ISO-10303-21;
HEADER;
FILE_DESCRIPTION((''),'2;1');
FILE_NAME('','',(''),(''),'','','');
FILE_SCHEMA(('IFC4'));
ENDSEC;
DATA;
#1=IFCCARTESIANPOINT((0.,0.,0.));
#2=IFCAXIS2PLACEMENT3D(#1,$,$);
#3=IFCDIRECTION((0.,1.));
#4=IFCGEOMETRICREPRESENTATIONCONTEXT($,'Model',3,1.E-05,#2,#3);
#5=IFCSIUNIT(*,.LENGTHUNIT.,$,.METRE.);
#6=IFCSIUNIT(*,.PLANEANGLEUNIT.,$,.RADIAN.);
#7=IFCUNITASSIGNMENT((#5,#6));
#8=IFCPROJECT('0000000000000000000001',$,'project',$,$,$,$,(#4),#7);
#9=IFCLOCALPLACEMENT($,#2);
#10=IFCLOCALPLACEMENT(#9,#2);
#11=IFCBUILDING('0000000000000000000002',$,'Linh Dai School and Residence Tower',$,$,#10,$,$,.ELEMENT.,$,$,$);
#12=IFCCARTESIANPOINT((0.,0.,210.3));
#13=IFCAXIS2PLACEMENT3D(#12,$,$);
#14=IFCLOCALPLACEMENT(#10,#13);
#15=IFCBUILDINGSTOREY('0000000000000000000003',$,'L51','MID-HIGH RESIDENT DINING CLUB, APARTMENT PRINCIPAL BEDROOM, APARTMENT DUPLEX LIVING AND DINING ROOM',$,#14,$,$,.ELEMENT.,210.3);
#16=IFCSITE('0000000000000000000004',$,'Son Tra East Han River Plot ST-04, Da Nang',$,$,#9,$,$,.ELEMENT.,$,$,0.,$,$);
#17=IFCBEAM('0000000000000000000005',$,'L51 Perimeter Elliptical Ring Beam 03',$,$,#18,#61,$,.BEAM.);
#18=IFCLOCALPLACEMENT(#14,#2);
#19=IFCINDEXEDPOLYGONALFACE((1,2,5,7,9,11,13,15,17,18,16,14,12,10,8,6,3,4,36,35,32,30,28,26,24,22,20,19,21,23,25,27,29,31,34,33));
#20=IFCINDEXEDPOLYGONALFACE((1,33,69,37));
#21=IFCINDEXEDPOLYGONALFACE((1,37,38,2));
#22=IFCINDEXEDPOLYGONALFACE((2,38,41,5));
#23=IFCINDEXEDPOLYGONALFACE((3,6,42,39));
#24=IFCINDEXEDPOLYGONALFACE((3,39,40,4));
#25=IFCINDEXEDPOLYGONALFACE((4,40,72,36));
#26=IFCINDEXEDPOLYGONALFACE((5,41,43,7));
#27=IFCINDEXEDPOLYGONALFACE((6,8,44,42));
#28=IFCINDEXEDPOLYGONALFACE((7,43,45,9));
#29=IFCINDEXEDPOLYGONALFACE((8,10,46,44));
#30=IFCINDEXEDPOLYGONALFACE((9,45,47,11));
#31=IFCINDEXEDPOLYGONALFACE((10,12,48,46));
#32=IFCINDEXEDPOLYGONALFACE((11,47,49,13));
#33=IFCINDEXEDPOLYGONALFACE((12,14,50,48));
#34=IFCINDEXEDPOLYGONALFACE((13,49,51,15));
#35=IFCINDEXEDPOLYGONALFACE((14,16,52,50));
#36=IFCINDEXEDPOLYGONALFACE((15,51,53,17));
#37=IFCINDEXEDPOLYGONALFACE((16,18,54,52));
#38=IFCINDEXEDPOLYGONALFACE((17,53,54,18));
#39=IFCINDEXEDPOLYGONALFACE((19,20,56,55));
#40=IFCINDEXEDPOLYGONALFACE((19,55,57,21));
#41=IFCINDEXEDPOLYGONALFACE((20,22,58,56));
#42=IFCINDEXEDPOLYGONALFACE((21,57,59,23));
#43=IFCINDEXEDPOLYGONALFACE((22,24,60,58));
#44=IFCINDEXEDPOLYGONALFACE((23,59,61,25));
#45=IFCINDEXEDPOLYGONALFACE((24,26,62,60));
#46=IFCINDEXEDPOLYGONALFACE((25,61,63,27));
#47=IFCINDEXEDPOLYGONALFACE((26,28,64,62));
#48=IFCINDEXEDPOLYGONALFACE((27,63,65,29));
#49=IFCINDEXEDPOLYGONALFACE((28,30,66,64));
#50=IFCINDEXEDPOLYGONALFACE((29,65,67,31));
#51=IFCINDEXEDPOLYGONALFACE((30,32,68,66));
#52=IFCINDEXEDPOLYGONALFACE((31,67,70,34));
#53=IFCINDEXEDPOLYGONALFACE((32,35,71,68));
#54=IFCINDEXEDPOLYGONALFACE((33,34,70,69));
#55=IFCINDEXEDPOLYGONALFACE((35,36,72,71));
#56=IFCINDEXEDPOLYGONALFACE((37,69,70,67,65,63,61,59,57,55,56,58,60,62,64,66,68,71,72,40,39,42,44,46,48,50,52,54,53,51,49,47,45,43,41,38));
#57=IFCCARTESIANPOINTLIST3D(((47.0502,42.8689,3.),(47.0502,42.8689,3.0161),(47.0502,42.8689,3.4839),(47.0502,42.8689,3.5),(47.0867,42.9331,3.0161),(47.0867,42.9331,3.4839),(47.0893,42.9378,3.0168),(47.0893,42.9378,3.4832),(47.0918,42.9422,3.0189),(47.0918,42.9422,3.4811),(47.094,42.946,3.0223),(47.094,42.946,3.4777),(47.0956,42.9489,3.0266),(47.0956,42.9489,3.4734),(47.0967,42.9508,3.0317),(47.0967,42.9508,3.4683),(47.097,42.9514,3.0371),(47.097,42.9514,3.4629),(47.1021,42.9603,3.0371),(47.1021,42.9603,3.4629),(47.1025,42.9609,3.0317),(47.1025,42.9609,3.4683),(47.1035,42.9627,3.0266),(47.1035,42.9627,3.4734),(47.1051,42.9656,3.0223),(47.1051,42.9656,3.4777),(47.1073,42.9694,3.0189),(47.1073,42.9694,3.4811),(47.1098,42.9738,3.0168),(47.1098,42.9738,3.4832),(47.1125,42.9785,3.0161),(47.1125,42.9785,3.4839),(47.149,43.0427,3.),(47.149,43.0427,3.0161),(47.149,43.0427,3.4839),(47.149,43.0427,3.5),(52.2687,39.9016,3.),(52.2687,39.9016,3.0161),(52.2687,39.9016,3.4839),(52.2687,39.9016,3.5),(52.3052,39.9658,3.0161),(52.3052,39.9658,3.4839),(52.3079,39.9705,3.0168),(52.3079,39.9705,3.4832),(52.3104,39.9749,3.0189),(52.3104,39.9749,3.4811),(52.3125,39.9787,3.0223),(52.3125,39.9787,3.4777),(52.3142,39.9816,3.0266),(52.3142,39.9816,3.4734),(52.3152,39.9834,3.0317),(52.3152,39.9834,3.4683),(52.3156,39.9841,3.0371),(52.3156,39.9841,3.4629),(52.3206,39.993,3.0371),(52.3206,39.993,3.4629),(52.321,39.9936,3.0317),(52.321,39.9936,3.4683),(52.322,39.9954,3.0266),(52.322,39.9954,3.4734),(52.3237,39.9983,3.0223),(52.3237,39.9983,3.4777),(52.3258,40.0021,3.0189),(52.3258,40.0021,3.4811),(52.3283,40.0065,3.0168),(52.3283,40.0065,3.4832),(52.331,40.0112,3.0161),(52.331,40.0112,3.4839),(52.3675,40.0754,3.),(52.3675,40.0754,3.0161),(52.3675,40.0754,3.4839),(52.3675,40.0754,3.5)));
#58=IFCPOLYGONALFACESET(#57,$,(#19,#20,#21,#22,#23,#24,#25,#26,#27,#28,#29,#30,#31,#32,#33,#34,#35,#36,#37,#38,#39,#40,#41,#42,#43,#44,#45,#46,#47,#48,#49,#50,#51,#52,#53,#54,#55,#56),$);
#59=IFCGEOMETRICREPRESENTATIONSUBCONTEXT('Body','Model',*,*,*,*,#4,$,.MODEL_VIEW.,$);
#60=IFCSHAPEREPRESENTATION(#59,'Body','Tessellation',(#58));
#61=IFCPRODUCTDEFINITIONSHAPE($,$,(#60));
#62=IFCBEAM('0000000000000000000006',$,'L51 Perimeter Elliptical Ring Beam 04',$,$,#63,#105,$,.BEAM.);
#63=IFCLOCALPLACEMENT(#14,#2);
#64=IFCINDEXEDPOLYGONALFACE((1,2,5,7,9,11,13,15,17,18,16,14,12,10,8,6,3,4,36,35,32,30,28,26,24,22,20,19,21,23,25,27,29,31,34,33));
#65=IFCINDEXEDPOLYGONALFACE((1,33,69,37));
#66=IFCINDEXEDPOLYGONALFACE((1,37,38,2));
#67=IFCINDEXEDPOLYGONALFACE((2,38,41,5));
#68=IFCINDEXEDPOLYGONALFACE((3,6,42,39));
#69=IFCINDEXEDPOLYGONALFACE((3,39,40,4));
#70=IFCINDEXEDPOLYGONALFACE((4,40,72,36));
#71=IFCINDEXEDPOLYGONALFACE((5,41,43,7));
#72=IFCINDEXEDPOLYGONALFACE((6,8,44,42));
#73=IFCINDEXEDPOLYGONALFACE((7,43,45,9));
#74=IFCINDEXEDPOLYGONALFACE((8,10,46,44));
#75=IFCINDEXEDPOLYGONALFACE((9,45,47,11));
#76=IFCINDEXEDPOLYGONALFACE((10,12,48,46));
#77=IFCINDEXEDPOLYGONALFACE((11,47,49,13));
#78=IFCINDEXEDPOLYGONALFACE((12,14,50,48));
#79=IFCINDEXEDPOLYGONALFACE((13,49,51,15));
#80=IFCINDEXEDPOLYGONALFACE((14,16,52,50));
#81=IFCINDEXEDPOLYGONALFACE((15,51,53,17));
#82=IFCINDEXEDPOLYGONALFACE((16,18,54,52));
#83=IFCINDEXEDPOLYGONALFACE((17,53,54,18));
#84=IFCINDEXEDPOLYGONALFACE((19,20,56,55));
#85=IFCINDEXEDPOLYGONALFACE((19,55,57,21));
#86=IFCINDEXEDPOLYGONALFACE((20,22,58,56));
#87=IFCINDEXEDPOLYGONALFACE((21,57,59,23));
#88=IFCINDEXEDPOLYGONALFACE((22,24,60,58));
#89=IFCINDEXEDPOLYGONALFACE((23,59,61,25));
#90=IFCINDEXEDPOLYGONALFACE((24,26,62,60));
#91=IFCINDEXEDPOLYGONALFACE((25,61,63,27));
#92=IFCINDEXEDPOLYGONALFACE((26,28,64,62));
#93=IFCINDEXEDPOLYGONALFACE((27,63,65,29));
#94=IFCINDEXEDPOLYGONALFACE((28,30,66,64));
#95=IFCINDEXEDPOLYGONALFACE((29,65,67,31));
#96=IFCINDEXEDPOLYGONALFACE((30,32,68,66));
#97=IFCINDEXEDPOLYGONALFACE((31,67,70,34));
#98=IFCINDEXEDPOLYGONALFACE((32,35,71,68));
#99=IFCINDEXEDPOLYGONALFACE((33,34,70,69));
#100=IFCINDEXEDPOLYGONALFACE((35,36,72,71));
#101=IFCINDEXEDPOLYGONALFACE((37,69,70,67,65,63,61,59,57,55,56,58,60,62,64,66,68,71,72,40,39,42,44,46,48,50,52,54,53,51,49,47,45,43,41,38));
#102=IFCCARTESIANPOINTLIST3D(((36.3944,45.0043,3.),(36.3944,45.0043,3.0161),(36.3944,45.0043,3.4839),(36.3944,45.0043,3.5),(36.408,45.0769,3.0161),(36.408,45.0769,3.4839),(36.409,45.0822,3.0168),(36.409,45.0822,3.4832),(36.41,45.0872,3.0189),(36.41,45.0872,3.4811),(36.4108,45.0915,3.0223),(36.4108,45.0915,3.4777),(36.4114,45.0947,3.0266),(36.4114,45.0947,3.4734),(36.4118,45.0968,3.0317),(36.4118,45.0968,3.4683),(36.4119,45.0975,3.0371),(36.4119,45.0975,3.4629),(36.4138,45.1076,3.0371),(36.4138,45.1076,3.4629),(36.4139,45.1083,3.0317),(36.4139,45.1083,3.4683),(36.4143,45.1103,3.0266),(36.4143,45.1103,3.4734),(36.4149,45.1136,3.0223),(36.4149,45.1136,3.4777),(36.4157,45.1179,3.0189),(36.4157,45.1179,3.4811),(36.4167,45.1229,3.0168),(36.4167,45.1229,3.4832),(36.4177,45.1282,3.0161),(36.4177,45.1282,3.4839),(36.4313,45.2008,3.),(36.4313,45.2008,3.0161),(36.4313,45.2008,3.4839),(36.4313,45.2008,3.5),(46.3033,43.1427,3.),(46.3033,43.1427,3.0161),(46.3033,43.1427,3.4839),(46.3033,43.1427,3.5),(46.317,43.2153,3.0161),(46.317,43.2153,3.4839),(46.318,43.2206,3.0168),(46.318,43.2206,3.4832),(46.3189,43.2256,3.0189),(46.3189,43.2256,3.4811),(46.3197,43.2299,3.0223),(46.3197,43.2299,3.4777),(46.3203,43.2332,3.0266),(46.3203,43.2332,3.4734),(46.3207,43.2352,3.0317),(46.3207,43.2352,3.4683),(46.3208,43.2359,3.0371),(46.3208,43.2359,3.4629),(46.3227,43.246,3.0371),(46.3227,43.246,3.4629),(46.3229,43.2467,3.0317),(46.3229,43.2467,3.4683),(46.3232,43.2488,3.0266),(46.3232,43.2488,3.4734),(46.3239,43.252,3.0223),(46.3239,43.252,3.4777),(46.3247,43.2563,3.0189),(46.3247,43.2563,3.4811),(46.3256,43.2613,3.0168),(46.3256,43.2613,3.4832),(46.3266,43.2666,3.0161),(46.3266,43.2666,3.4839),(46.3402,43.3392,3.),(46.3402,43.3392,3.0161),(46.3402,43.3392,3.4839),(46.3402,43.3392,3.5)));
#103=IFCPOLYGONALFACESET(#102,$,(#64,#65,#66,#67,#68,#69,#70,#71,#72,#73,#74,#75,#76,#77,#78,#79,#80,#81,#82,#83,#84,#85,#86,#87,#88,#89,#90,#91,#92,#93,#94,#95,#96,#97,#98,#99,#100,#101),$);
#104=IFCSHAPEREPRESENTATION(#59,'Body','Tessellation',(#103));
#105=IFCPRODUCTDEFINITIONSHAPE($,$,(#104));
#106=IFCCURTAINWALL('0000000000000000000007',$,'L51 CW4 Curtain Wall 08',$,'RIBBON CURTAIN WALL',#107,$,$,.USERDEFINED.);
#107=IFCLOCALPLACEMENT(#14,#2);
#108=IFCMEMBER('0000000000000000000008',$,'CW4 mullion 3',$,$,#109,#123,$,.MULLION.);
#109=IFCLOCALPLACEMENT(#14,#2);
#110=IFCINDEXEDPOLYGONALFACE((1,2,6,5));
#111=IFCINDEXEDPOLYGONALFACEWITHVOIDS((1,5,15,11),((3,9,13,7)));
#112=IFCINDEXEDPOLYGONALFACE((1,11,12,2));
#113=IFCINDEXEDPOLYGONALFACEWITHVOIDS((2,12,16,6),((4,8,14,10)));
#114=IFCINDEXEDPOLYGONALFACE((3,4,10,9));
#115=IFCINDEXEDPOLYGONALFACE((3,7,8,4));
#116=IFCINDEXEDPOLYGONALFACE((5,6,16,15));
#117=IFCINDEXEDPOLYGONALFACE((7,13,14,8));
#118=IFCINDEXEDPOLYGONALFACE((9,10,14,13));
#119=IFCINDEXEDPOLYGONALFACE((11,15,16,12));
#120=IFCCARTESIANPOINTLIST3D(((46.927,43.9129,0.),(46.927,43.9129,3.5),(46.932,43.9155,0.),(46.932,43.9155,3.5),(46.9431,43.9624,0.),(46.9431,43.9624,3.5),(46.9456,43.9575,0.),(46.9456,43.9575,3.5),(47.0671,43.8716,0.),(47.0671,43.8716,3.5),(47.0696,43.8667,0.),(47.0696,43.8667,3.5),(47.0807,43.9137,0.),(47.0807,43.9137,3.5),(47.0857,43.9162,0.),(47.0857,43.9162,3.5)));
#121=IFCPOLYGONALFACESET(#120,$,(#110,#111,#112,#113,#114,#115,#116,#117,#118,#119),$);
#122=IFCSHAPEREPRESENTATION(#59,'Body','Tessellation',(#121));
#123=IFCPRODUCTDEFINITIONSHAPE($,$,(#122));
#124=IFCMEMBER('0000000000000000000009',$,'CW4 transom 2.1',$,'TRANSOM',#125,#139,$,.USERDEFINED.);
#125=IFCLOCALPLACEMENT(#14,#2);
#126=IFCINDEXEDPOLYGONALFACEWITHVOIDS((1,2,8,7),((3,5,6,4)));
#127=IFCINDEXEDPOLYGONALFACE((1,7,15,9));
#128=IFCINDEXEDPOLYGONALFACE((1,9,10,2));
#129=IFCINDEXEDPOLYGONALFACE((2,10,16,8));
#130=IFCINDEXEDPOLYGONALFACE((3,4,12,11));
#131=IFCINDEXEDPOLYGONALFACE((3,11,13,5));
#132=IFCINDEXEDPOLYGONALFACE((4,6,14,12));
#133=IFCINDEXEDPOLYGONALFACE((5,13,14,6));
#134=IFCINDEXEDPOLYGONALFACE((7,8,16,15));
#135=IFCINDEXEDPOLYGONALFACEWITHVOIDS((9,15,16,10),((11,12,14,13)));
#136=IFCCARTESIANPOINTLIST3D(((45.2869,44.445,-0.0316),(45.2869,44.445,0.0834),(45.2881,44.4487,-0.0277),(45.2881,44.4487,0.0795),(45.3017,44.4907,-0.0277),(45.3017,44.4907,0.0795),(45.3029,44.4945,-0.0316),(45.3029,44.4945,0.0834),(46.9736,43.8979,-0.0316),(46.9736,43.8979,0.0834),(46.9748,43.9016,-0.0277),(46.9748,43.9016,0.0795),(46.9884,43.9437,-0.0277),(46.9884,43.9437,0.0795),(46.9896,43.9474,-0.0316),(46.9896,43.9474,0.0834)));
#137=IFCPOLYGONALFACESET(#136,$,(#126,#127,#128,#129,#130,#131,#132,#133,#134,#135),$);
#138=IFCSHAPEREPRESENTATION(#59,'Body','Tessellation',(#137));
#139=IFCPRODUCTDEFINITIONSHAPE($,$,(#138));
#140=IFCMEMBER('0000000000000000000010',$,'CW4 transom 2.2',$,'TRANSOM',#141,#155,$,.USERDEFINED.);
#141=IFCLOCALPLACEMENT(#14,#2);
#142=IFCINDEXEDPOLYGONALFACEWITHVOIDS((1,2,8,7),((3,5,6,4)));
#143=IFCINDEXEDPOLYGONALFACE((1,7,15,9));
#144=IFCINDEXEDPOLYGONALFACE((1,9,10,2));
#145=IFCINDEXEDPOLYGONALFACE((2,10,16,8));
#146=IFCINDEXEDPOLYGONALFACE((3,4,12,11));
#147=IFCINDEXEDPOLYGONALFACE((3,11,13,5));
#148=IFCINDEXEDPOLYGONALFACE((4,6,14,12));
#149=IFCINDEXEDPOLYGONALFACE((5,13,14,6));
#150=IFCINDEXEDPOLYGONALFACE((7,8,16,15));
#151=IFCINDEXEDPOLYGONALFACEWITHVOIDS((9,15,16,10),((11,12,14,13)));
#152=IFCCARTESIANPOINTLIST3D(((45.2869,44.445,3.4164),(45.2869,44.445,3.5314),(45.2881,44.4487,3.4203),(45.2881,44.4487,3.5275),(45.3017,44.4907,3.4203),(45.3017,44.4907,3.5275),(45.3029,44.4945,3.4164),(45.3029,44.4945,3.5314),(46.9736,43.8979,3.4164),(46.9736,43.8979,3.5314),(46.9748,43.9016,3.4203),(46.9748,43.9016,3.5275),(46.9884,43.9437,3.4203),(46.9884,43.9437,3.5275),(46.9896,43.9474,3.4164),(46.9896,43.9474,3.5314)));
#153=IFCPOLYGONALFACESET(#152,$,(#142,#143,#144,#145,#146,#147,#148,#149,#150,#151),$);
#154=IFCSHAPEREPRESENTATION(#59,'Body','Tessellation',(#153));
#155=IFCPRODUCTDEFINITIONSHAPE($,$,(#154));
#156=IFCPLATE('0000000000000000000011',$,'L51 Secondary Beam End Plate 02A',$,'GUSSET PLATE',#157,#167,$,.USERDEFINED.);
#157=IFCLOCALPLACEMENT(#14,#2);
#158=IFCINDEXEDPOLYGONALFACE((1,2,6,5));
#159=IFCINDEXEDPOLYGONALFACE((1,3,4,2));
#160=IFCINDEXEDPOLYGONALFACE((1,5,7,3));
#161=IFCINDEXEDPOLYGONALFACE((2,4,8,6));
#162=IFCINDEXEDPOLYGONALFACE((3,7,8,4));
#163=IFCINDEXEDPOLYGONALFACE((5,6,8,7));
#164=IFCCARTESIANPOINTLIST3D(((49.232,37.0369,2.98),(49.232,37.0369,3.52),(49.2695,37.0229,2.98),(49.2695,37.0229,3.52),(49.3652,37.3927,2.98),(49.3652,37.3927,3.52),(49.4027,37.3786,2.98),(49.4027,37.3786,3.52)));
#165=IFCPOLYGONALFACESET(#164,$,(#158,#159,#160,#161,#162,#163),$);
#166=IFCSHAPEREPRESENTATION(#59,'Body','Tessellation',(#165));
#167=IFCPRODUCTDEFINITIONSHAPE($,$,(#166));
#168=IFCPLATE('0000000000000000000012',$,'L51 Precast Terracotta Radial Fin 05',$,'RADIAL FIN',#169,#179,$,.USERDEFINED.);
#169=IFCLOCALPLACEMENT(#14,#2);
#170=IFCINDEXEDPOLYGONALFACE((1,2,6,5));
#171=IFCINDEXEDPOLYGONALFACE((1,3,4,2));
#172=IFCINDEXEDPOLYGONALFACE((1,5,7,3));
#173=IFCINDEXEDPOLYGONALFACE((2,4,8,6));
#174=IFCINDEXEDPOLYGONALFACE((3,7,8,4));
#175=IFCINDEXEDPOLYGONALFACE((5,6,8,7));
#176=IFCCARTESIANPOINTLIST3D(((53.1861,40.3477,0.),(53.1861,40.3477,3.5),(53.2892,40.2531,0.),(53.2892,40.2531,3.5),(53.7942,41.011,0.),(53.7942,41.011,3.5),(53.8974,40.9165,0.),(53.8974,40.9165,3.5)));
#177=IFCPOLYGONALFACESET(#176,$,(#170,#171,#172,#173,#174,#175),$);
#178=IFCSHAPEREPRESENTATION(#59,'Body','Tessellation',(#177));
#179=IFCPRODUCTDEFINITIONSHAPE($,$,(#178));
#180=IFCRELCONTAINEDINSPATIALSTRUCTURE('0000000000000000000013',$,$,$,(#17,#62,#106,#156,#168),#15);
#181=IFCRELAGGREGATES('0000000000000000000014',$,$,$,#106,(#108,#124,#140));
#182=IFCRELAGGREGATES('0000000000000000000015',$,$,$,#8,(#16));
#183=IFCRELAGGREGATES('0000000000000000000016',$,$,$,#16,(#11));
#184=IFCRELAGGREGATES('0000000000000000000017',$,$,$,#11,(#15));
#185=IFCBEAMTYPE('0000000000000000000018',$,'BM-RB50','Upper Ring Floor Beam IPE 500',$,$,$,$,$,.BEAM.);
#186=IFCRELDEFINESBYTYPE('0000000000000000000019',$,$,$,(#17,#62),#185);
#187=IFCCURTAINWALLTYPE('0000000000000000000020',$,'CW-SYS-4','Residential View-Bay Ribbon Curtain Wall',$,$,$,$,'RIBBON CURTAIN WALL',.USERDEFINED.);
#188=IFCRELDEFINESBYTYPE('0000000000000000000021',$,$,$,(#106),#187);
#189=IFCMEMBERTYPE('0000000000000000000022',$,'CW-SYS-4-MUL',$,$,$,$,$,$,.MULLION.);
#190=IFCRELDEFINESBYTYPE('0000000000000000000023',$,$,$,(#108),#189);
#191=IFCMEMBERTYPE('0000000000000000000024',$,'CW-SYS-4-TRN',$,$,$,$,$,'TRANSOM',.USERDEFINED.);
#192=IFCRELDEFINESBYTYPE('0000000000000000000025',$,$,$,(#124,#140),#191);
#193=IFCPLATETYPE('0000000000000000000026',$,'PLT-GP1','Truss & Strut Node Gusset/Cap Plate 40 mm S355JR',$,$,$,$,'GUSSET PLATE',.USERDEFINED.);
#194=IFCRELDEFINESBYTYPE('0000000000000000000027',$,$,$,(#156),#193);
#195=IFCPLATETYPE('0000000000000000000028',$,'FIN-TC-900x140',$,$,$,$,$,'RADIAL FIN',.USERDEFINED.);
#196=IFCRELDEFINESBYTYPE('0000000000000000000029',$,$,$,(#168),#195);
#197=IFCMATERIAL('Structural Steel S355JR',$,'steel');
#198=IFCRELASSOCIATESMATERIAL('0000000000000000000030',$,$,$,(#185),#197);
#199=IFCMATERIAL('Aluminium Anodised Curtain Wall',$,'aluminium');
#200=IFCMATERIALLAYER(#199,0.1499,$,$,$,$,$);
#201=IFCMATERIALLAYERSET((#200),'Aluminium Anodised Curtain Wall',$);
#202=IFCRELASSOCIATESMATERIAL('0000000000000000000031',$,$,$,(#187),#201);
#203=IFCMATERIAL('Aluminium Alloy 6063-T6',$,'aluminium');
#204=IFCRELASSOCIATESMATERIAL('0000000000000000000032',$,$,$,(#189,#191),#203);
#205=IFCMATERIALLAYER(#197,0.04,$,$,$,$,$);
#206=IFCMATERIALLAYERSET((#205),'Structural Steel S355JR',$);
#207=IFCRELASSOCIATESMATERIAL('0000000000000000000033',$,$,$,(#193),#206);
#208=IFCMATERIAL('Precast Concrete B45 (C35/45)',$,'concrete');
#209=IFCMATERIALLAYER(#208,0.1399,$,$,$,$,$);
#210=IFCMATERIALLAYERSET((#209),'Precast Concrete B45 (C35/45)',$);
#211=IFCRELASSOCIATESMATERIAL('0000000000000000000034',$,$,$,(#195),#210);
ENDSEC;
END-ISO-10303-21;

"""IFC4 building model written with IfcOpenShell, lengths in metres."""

from ifc_helpers import new_model, si_unit, direction, frame, origin, origin_2d, place, context, subcontext, project, spatial, rectangle, hollow_rectangle, i_section, extrude, source, transform, mapped, material, layer, layer_set, material_profile, profile_set, type_object, element, aggregate, save


model = new_model("IFC4")

# Units and contexts
model_context = context("Model", 3, precision=1e-05, world=origin(), true_north=direction((0.0, 1.0)))
body_context = subcontext(model_context, "Body", "Model", "MODEL_VIEW")
ifc_project = project(units=[si_unit("LENGTHUNIT", "METRE"), si_unit("PLANEANGLEUNIT", "RADIAN")], contexts=[model_context])

# Site, building, storey
site_placement = place(None, origin())
site = spatial("IfcSite", under=ifc_project, at=site_placement, Name="Son Tra East Han River Plot ST-04, Da Nang", CompositionType="ELEMENT", RefElevation=0.0)
building_placement = place(site_placement, origin())
building = spatial("IfcBuilding", under=site, at=building_placement, Name="Linh Dai School and Residence Tower", CompositionType="ELEMENT")
storey_placement = place(building_placement, frame((0.0, 0.0, 210.3)))
storey = spatial("IfcBuildingStorey", under=building, at=storey_placement, Name="L51", Description="MID-HIGH RESIDENT DINING CLUB, APARTMENT PRINCIPAL BEDROOM, APARTMENT DUPLEX LIVING AND DINING ROOM", CompositionType="ELEMENT", Elevation=210.3)

# Shared definitions
ifc_material_1 = material(Name="Structural Steel S355JR", Category="steel")

# Beams
ifc_material_profile_1 = material_profile(ifc_material_1, i_section(OverallWidth=0.2, OverallDepth=0.5, WebThickness=0.0103, FlangeThickness=0.0161, FilletRadius=0.021, at=origin_2d()), Name="IPE 500")
ifc_profile_set_1 = profile_set([ifc_material_profile_1], Name="Structural Steel S355JR")
beam_type_1 = type_object("IfcBeamType", Name="BM-RB50", Description="Upper Ring Floor Beam IPE 500", PredefinedType="BEAM", material=ifc_profile_set_1)
beam_1_placement = place(storey_placement, frame((52.3181, 39.9885, 3.25), z_axis=(-0.869297, 0.49429, 0.0), x_axis=(-0.49429, -0.869297, 0.0)))
element("IfcBeam", 1, at=beam_1_placement, inside=storey, type_object=beam_type_1, Name="L51 Perimeter Elliptical Ring Beam 03", PredefinedType="BEAM", context=body_context, shape_type="SweptSolid", body=[
    extrude(i_section(OverallWidth=0.2, OverallDepth=0.5, WebThickness=0.0103, FlangeThickness=0.0161, FilletRadius=0.021, at=origin_2d()), origin(), (0.0, 0.0, 1.0), 6.0032),
])
beam_2_placement = place(storey_placement, frame((46.3218, 43.241, 3.25), z_axis=(-0.982807, 0.184638, 0.0), x_axis=(-0.184638, -0.982807, 0.0)))
element("IfcBeam", 2, at=beam_2_placement, inside=storey, type_object=beam_type_1, Name="L51 Perimeter Elliptical Ring Beam 04", PredefinedType="BEAM", context=body_context, shape_type="SweptSolid", body=[
    extrude(i_section(OverallWidth=0.2, OverallDepth=0.5, WebThickness=0.0103, FlangeThickness=0.0161, FilletRadius=0.021, at=origin_2d()), origin(), (0.0, 0.0, 1.0), 10.0823),
])

# Curtain wall, members
ifc_material_2 = material(Name="Aluminium Anodised Curtain Wall", Category="aluminium")
ifc_layer_1 = layer(ifc_material_2, 0.1499)
ifc_layer_set_1 = layer_set([ifc_layer_1], Name="Aluminium Anodised Curtain Wall")
curtain_wall_type = type_object("IfcCurtainWallType", Name="CW-SYS-4", Description="Residential View-Bay Ribbon Curtain Wall", ElementType="RIBBON CURTAIN WALL", PredefinedType="USERDEFINED", material=ifc_layer_set_1)
curtain_wall_placement = place(storey_placement, origin())
curtain_wall = element("IfcCurtainWall", 3, at=curtain_wall_placement, inside=storey, type_object=curtain_wall_type, Name="L51 CW4 Curtain Wall 08", ObjectType="RIBBON CURTAIN WALL", PredefinedType="USERDEFINED")
ifc_material_3 = material(Name="Aluminium Alloy 6063-T6", Category="aluminium")
ifc_material_profile_2 = material_profile(ifc_material_3, hollow_rectangle(XDim=0.052, YDim=0.1499, WallThickness=0.0039, at=origin_2d()), Name="RHS 150x52x4")
ifc_profile_set_2 = profile_set([ifc_material_profile_2], Name="Aluminium Alloy 6063-T6")
member_type_1 = type_object("IfcMemberType", Name="CW-SYS-4-MUL", PredefinedType="MULLION", material=ifc_profile_set_2)
shared_shape_1 = source(origin(), body_context, "Body", "SweptSolid", [
    extrude(hollow_rectangle(XDim=0.052, YDim=0.1499, WallThickness=0.0039, at=origin_2d()), origin(), (0.0, 0.0, 1.0), 3.5),
])
member_1_placement = place(storey_placement, frame((47.0063, 43.9146, 0.0), z_axis=(0.0, 0.0, 1.0), x_axis=(0.308501, 0.951224, 0.0)))
member_1 = element("IfcMember", 4, at=member_1_placement, type_object=member_type_1, Name="CW4 mullion 3", PredefinedType="MULLION", context=body_context, shape_type="MappedRepresentation", body=[
    mapped(shared_shape_1, transform((0.0, 0.0, 0.0), x_axis=(1.0, 0.0, 0.0), y_axis=(0.0, 1.0, 0.0), z_axis=(0.0, 0.0, 1.0), scale=1.0)),
])
ifc_material_profile_3 = material_profile(ifc_material_3, hollow_rectangle(XDim=0.052, YDim=0.115, WallThickness=0.0039, at=origin_2d()), Name="RHS 115x52x4")
ifc_profile_set_3 = profile_set([ifc_material_profile_3], Name="Aluminium Alloy 6063-T6")
member_type_2 = type_object("IfcMemberType", Name="CW-SYS-4-TRN", ElementType="TRANSOM", PredefinedType="USERDEFINED", material=ifc_profile_set_3)
shared_shape_2 = source(origin(), body_context, "Body", "SweptSolid", [
    extrude(hollow_rectangle(XDim=0.052, YDim=0.115, WallThickness=0.0039, at=origin_2d()), origin(), (0.0, 0.0, 1.0), 1.7732),
])
member_2_placement = place(storey_placement, frame((45.2949, 44.4697, 0.0259), z_axis=(0.951213, -0.308535, 0.0), x_axis=(0.308535, 0.951213, 0.0)))
member_2 = element("IfcMember", 5, at=member_2_placement, type_object=member_type_2, Name="CW4 transom 2.1", ObjectType="TRANSOM", PredefinedType="USERDEFINED", context=body_context, shape_type="MappedRepresentation", body=[
    mapped(shared_shape_2, transform((0.0, 0.0, 0.0), x_axis=(1.0, 0.0, 0.0), y_axis=(0.0, 1.0, 0.0), z_axis=(0.0, 0.0, 1.0), scale=1.0)),
])
member_3_placement = place(storey_placement, frame((45.2949, 44.4697, 3.4739), z_axis=(0.951213, -0.308535, 0.0), x_axis=(0.308535, 0.951213, 0.0)))
member_3 = element("IfcMember", 6, at=member_3_placement, type_object=member_type_2, Name="CW4 transom 2.2", ObjectType="TRANSOM", PredefinedType="USERDEFINED", context=body_context, shape_type="MappedRepresentation", body=[
    mapped(shared_shape_2, transform((0.0, 0.0, 0.0), x_axis=(1.0, 0.0, 0.0), y_axis=(0.0, 1.0, 0.0), z_axis=(0.0, 0.0, 1.0), scale=1.0)),
])

# Plates
ifc_layer_2 = layer(ifc_material_1, 0.04)
ifc_layer_set_2 = layer_set([ifc_layer_2], Name="Structural Steel S355JR")
plate_type_1 = type_object("IfcPlateType", Name="PLT-GP1", Description="Truss & Strut Node Gusset/Cap Plate 40 mm S355JR", ElementType="GUSSET PLATE", PredefinedType="USERDEFINED", material=ifc_layer_set_2)
shared_shape_3 = source(origin(), body_context, "Body", "SweptSolid", [
    extrude(rectangle(XDim=0.04, YDim=0.3799, at=origin_2d()), origin(), (0.0, 0.0, 1.0), 0.54),
])
plate_1_placement = place(storey_placement, frame((49.3174, 37.2078, 2.98), z_axis=(0.0, 0.0, 1.0), x_axis=(-0.936534, 0.350577, 0.0)))
element("IfcPlate", 7, at=plate_1_placement, inside=storey, type_object=plate_type_1, Name="L51 Secondary Beam End Plate 02A", ObjectType="GUSSET PLATE", PredefinedType="USERDEFINED", context=body_context, shape_type="MappedRepresentation", body=[
    mapped(shared_shape_3, transform((0.0, 0.0, 0.0), x_axis=(1.0, 0.0, 0.0), y_axis=(0.0, 1.0, 0.0), z_axis=(0.0, 0.0, 1.0), scale=1.0)),
])
ifc_material_4 = material(Name="Precast Concrete B45 (C35/45)", Category="concrete")
ifc_layer_3 = layer(ifc_material_4, 0.1399)
ifc_layer_set_3 = layer_set([ifc_layer_3], Name="Precast Concrete B45 (C35/45)")
plate_type_2 = type_object("IfcPlateType", Name="FIN-TC-900x140", ElementType="RADIAL FIN", PredefinedType="USERDEFINED", material=ifc_layer_set_3)
shared_shape_4 = source(origin(), body_context, "Body", "SweptSolid", [
    extrude(rectangle(XDim=0.8999, YDim=0.1399, at=origin_2d()), origin(), (0.0, 0.0, 1.0), 3.5),
])
plate_2_placement = place(storey_placement, frame((53.5417, 40.6321, 0.0), z_axis=(0.0, 0.0, 1.0), x_axis=(0.675758, 0.737124, 0.0)))
element("IfcPlate", 8, at=plate_2_placement, inside=storey, type_object=plate_type_2, Name="L51 Precast Terracotta Radial Fin 05", ObjectType="RADIAL FIN", PredefinedType="USERDEFINED", context=body_context, shape_type="MappedRepresentation", body=[
    mapped(shared_shape_4, transform((0.0, 0.0, 0.0), x_axis=(1.0, 0.0, 0.0), y_axis=(0.0, 1.0, 0.0), z_axis=(0.0, 0.0, 1.0), scale=1.0)),
])

aggregate(curtain_wall, [member_1, member_2, member_3])

save(model, "model.ifc")
